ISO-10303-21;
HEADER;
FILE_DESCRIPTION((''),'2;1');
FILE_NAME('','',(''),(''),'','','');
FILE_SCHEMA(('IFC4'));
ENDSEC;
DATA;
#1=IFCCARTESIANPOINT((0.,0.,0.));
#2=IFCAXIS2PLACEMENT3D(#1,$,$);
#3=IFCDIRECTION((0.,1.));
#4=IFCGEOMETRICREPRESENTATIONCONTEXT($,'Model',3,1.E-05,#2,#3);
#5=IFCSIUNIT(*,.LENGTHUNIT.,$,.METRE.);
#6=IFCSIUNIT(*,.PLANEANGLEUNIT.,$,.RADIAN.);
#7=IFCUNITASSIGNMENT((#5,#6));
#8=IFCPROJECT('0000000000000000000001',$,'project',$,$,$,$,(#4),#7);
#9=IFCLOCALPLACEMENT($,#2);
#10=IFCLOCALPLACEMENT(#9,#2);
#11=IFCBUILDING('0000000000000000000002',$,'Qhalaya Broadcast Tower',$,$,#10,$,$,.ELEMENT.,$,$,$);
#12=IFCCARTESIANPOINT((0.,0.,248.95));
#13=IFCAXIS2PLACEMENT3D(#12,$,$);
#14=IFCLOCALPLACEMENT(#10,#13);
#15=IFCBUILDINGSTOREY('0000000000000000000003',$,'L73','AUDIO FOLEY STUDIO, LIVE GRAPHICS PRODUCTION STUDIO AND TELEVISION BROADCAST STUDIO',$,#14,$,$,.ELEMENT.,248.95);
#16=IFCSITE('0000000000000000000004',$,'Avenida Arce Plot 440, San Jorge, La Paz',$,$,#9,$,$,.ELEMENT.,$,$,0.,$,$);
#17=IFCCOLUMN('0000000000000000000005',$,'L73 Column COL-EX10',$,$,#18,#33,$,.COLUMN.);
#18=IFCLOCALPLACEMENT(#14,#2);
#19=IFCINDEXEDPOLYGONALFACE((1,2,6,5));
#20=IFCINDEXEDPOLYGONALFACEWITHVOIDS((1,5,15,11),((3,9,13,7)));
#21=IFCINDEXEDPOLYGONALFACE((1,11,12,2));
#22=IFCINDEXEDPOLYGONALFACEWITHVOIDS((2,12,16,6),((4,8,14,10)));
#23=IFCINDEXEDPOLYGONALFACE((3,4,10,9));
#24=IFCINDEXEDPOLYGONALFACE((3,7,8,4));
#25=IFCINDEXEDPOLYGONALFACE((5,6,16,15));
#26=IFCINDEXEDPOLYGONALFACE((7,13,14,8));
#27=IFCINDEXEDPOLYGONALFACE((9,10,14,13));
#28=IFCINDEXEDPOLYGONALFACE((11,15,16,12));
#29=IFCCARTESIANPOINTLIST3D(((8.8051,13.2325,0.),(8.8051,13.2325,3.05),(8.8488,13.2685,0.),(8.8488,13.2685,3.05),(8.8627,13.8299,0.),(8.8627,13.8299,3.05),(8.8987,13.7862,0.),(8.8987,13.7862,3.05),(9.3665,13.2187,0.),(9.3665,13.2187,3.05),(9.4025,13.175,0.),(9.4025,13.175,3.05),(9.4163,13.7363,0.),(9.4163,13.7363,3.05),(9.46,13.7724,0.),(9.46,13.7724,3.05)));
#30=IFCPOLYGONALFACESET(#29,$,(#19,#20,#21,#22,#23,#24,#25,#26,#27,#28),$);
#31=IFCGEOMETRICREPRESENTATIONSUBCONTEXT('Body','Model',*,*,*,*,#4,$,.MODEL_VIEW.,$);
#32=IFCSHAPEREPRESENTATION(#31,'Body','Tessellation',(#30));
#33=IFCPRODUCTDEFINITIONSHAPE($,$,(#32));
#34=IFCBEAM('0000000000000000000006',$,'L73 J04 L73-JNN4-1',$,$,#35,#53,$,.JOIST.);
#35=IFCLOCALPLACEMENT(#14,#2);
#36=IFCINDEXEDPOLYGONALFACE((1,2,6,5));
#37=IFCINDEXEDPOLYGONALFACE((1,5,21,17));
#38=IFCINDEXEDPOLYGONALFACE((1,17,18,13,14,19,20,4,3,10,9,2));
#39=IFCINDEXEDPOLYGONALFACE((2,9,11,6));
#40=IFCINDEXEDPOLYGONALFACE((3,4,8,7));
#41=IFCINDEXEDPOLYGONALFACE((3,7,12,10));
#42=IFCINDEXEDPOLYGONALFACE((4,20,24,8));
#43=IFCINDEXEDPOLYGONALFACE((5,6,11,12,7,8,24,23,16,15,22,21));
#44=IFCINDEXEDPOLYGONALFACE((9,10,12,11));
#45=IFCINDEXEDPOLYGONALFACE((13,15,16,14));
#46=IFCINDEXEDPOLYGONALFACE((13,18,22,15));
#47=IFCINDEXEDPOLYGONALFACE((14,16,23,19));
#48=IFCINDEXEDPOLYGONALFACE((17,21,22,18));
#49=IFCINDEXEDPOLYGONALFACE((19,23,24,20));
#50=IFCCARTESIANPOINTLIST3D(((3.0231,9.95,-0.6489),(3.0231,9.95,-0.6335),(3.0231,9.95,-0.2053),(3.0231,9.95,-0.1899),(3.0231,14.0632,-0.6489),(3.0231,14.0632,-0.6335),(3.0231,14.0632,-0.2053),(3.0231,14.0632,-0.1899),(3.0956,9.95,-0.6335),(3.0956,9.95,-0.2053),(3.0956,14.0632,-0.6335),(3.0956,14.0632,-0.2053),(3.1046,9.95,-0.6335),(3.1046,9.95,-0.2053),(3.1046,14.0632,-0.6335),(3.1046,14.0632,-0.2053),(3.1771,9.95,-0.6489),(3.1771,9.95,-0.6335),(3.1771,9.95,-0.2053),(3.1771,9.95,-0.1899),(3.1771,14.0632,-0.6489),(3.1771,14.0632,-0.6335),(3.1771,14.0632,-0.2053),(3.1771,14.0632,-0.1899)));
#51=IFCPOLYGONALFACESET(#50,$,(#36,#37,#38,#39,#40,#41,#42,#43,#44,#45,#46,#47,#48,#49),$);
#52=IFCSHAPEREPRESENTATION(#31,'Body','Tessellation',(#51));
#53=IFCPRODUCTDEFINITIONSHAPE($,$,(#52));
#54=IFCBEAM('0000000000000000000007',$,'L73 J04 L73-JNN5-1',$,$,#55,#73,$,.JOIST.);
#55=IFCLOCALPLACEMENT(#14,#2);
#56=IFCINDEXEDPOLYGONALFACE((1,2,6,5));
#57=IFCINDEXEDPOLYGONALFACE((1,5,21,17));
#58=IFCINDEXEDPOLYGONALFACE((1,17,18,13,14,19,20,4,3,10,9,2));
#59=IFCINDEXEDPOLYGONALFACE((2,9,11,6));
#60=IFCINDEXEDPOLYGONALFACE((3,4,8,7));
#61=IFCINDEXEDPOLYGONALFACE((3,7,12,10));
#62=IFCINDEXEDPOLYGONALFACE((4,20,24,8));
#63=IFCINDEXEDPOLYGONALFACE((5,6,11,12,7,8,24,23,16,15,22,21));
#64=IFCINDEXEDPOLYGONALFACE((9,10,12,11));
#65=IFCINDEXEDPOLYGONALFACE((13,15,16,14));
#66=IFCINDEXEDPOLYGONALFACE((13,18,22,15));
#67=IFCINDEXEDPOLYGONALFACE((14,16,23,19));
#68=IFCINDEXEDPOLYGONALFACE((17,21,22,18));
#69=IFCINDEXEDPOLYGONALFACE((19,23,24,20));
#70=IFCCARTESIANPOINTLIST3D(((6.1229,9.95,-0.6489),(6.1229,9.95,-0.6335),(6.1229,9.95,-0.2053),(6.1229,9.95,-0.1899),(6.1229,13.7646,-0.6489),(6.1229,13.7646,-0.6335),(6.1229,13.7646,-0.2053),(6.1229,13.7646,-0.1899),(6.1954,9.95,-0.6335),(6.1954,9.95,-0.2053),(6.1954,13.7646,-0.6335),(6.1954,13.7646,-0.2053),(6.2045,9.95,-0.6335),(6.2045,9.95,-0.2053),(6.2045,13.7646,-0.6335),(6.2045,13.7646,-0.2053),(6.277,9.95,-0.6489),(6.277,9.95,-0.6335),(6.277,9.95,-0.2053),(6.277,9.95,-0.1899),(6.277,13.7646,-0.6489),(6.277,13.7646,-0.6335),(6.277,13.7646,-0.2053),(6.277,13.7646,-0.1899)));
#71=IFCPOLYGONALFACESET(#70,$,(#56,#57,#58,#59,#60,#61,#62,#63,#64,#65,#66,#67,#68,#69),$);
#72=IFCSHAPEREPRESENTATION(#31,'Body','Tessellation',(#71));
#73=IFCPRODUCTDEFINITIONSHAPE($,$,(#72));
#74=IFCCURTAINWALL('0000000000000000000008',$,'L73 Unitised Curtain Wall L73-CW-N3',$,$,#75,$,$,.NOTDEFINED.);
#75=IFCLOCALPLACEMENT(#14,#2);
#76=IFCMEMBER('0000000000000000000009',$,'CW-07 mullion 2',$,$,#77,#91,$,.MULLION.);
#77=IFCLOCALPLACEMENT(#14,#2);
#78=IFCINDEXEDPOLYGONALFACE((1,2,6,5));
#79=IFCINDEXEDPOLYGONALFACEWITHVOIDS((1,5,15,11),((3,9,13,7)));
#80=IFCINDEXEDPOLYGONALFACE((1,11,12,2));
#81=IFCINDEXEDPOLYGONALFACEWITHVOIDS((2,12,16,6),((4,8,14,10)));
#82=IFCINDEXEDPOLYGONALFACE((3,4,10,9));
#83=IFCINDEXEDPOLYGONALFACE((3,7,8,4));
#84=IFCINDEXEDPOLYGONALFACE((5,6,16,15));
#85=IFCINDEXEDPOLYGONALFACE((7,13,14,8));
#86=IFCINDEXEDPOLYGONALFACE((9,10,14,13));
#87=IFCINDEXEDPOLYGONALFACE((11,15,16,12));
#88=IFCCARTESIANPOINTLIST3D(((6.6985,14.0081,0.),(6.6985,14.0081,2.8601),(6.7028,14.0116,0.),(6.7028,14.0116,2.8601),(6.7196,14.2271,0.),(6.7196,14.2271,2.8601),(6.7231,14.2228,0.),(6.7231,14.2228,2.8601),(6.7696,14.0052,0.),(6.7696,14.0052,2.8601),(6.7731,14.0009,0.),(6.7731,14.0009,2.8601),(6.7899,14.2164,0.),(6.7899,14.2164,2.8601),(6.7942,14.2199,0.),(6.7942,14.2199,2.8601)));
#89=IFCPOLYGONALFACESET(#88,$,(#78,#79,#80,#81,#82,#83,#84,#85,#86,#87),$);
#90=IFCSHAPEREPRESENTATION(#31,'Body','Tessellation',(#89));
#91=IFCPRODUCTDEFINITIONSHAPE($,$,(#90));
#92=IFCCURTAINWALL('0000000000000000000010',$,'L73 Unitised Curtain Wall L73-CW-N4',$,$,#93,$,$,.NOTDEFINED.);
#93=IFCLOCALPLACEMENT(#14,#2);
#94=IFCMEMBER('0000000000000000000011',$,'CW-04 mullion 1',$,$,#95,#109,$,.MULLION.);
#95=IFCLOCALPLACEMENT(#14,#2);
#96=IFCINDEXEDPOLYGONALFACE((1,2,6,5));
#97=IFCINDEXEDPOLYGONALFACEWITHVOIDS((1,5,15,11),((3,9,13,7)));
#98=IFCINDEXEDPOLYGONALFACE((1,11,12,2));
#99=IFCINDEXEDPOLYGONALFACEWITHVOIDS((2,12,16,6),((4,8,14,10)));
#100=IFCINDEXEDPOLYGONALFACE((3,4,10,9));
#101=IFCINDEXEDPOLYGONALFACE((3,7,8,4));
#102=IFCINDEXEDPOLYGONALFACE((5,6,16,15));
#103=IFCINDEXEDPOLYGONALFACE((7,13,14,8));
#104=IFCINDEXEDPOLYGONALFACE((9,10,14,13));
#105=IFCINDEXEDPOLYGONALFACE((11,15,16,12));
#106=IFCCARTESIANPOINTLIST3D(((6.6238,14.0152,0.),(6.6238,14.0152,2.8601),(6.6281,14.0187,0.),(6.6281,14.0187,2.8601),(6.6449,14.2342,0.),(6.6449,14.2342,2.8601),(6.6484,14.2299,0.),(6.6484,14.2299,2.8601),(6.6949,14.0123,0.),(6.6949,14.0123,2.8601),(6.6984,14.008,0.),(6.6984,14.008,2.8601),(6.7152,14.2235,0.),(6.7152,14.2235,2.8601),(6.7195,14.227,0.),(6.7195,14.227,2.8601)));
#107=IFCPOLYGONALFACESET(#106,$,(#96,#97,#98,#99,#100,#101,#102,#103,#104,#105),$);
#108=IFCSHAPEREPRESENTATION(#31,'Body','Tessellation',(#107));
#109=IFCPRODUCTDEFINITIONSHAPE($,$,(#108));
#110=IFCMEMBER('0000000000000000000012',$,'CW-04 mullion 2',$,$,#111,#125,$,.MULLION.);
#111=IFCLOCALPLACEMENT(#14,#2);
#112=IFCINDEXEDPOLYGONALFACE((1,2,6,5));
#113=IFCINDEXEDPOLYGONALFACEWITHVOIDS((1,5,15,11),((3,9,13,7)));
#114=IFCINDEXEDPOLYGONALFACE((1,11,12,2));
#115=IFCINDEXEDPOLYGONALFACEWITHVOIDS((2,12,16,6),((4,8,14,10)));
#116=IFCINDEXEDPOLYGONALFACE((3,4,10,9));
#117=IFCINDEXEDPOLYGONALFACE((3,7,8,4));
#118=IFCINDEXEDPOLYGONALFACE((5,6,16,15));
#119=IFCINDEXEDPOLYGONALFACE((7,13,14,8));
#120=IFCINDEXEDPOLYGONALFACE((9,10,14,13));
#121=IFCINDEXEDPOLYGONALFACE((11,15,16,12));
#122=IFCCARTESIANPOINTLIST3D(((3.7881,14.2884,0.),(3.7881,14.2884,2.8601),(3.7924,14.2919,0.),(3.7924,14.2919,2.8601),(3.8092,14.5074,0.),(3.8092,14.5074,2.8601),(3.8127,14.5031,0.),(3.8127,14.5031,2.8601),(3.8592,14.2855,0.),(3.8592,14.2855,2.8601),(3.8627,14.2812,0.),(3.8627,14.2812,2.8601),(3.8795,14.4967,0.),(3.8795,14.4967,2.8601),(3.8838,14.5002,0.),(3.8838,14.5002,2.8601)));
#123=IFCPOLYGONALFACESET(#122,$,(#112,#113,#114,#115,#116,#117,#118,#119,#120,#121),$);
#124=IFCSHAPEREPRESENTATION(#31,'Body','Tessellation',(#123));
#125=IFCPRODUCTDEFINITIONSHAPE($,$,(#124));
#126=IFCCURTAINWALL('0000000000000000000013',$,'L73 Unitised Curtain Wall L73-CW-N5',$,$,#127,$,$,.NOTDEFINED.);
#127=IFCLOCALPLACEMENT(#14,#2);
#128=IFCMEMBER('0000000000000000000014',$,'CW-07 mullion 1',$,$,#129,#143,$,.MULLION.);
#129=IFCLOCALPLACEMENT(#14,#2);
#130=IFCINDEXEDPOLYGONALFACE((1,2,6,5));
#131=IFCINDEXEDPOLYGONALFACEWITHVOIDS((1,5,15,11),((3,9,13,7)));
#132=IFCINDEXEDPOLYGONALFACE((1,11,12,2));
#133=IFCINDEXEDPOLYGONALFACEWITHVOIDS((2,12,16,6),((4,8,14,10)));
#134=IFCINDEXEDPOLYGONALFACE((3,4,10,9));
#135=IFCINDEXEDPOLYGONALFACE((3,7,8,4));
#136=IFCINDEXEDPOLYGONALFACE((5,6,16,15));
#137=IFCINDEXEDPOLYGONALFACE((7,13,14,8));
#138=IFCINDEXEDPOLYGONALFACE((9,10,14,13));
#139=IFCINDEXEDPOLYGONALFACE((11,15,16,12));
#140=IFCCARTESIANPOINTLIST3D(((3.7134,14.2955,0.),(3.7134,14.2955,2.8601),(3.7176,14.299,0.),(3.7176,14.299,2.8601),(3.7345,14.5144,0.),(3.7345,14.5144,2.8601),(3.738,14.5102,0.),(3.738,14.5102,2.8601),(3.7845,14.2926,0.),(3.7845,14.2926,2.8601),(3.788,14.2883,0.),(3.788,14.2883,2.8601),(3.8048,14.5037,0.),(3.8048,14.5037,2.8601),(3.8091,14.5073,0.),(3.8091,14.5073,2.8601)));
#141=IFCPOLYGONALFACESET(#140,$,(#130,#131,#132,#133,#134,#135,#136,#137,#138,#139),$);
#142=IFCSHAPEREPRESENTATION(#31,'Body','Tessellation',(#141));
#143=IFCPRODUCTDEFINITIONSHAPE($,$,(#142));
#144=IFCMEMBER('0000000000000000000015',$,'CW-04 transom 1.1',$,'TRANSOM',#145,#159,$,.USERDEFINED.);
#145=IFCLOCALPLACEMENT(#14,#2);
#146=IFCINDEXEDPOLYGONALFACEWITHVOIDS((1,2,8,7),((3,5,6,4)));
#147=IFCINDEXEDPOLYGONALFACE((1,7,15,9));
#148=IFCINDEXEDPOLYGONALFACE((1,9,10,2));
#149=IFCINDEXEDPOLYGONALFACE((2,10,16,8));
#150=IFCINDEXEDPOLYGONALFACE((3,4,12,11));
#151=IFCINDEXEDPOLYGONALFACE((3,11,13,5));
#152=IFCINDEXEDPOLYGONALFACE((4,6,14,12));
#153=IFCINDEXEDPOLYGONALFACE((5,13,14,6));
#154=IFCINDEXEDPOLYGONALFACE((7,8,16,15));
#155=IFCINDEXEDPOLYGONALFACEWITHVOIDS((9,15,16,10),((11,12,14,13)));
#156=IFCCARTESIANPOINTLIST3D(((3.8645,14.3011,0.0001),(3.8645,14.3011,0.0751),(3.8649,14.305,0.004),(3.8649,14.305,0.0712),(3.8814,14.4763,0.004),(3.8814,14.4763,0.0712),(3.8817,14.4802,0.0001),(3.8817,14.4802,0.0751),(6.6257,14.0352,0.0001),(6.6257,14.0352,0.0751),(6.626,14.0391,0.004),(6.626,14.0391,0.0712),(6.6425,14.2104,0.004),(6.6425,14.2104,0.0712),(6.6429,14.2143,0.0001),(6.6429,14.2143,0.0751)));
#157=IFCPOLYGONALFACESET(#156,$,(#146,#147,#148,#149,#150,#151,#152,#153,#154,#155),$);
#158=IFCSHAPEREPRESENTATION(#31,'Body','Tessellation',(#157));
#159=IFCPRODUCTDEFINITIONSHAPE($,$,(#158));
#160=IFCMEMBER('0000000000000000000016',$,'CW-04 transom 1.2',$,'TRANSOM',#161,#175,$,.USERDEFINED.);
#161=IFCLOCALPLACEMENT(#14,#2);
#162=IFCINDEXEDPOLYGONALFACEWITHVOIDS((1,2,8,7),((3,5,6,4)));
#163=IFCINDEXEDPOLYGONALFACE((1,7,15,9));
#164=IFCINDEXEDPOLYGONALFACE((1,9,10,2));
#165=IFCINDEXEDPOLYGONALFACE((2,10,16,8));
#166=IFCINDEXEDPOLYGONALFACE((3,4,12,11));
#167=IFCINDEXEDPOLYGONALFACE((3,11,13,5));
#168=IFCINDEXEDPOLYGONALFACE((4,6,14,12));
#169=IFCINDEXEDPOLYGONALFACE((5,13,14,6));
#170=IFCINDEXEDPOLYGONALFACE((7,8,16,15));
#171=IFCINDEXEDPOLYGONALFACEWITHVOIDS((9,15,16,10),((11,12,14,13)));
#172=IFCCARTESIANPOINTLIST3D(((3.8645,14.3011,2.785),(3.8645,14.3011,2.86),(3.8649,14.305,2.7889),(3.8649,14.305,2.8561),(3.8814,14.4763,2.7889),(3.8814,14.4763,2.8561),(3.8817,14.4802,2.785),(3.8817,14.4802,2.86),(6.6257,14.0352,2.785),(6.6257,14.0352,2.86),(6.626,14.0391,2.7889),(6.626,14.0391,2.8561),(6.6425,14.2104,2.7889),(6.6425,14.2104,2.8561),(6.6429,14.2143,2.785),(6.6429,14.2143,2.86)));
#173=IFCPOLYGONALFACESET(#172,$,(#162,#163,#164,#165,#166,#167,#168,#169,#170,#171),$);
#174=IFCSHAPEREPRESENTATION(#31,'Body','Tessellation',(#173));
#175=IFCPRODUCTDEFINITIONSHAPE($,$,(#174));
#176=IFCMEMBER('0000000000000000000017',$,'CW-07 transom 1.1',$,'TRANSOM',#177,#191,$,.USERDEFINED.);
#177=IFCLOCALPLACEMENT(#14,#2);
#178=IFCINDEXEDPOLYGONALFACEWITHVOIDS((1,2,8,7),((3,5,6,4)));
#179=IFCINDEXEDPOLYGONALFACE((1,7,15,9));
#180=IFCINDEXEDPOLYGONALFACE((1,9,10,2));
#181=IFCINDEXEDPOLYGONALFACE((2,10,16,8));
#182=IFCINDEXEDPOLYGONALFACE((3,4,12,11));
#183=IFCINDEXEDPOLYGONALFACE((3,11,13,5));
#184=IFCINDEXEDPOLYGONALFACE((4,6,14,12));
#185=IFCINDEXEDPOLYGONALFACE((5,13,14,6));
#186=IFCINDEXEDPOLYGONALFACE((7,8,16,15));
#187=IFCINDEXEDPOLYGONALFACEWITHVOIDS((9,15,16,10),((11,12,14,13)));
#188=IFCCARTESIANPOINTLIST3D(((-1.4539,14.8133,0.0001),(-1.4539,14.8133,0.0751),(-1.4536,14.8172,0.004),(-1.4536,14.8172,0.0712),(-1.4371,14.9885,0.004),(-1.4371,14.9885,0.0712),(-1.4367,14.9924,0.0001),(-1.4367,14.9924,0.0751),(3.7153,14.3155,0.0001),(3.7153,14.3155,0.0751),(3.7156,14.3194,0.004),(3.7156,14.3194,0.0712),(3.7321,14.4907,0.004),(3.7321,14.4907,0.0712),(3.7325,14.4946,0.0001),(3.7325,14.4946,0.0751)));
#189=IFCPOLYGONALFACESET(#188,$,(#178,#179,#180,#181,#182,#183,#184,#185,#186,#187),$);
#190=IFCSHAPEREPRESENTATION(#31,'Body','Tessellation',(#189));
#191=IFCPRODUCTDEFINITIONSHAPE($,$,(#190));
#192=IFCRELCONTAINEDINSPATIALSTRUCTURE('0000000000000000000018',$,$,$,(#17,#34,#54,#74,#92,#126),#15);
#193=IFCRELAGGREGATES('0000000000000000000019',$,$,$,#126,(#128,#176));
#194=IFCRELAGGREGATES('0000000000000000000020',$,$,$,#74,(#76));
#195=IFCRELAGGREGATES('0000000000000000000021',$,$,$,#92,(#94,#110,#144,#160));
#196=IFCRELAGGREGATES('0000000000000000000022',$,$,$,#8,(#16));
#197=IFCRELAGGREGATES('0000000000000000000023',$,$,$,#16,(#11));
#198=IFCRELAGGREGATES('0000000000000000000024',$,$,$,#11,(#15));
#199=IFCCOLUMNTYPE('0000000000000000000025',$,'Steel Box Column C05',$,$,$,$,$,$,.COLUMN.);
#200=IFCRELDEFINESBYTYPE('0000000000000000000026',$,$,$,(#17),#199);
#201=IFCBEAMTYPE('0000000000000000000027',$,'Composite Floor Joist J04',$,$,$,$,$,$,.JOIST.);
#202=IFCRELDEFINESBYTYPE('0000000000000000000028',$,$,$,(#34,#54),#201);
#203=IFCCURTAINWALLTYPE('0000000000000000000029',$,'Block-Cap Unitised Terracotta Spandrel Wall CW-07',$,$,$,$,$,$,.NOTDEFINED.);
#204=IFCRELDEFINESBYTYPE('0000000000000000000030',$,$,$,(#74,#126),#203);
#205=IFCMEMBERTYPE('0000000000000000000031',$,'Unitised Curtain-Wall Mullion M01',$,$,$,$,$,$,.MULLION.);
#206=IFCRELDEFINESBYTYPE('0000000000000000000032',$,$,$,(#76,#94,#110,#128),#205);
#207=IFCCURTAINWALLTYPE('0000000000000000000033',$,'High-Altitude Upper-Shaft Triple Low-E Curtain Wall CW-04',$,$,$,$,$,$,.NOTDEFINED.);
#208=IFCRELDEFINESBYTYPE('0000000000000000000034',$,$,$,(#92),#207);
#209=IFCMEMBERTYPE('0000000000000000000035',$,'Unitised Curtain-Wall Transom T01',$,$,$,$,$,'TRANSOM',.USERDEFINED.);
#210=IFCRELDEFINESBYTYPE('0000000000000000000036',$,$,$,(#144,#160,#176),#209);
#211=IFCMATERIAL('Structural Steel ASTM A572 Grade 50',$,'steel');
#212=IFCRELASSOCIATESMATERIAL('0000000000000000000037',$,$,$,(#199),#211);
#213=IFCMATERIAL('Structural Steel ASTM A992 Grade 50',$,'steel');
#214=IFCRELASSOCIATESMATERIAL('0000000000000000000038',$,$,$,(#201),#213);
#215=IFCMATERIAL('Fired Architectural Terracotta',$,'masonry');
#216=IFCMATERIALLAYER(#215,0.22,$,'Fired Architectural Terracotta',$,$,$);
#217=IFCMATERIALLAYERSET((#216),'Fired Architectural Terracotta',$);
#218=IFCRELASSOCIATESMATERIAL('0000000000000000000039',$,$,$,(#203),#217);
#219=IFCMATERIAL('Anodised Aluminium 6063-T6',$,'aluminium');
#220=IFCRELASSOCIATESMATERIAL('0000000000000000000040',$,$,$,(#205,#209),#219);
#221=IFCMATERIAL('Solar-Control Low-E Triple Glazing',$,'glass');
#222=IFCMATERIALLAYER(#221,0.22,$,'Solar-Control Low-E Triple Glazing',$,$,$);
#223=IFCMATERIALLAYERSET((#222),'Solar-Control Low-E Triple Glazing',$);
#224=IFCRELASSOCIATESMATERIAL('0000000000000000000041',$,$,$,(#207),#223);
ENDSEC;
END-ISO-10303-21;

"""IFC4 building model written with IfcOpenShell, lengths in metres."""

from ifc_helpers import new_model, si_unit, direction, frame, origin, origin_2d, place, context, subcontext, project, spatial, hollow_rectangle, i_section, extrude, material, layer, layer_set, material_profile, profile_set, type_object, element, aggregate, save


model = new_model("IFC4")

# Units and contexts
model_context = context("Model", 3, precision=1e-05, world=origin(), true_north=direction((0.0, 1.0)))
body_context = subcontext(model_context, "Body", "Model", "MODEL_VIEW")
ifc_project = project(units=[si_unit("LENGTHUNIT", "METRE"), si_unit("PLANEANGLEUNIT", "RADIAN")], contexts=[model_context])

# Site, building, storey
site_placement = place(None, origin())
site = spatial("IfcSite", under=ifc_project, at=site_placement, Name="Avenida Arce Plot 440, San Jorge, La Paz", CompositionType="ELEMENT", RefElevation=0.0)
building_placement = place(site_placement, origin())
building = spatial("IfcBuilding", under=site, at=building_placement, Name="Qhalaya Broadcast Tower", CompositionType="ELEMENT")
storey_placement = place(building_placement, frame((0.0, 0.0, 248.95)))
storey = spatial("IfcBuildingStorey", under=building, at=storey_placement, Name="L73", Description="AUDIO FOLEY STUDIO, LIVE GRAPHICS PRODUCTION STUDIO AND TELEVISION BROADCAST STUDIO", CompositionType="ELEMENT", Elevation=248.95)

# Column
ifc_material_1 = material(Name="Structural Steel ASTM A572 Grade 50", Category="steel")
ifc_material_profile_1 = material_profile(ifc_material_1, hollow_rectangle(XDim=0.6001, YDim=0.6001, WallThickness=0.04, at=origin_2d()), Name="BOX 600x600x40")
ifc_profile_set_1 = profile_set([ifc_material_profile_1], Name="Structural Steel ASTM A572 Grade 50")
column_type = type_object("IfcColumnType", Name="Steel Box Column C05", PredefinedType="COLUMN", material=ifc_profile_set_1)
column_placement = place(storey_placement, frame((9.1326, 13.5024, 0.0), z_axis=(0.0, 0.0, 1.0), x_axis=(0.995396, -0.095846, 0.0)))
element("IfcColumn", 1, at=column_placement, inside=storey, type_object=column_type, Name="L73 Column COL-EX10", PredefinedType="COLUMN", context=body_context, shape_type="SweptSolid", body=[
    extrude(hollow_rectangle(XDim=0.6001, YDim=0.6001, WallThickness=0.04, at=origin_2d()), origin(), (0.0, 0.0, 1.0), 3.05),
])

# Beams
ifc_material_2 = material(Name="Structural Steel ASTM A992 Grade 50", Category="steel")
ifc_material_profile_2 = material_profile(ifc_material_2, i_section(OverallWidth=0.1541, OverallDepth=0.459, WebThickness=0.009, FlangeThickness=0.0154, at=origin_2d()), Name="W18X46")
ifc_profile_set_2 = profile_set([ifc_material_profile_2], Name="Structural Steel ASTM A992 Grade 50")
beam_type_1 = type_object("IfcBeamType", Name="Composite Floor Joist J04", PredefinedType="JOIST", material=ifc_profile_set_2)
beam_1_placement = place(storey_placement, frame((3.1001, 9.95, -0.4194), z_axis=(0.0, 1.0, 0.0), x_axis=(-1.0, 0.0, 0.0)))
element("IfcBeam", 2, at=beam_1_placement, inside=storey, type_object=beam_type_1, Name="L73 J04 L73-JNN4-1", PredefinedType="JOIST", context=body_context, shape_type="SweptSolid", body=[
    extrude(i_section(OverallWidth=0.1541, OverallDepth=0.459, WebThickness=0.009, FlangeThickness=0.0154, at=origin_2d()), origin(), (0.0, 0.0, 1.0), 4.1133),
])
beam_2_placement = place(storey_placement, frame((6.2, 9.95, -0.4194), z_axis=(0.0, 1.0, 0.0), x_axis=(-1.0, 0.0, 0.0)))
element("IfcBeam", 3, at=beam_2_placement, inside=storey, type_object=beam_type_1, Name="L73 J04 L73-JNN5-1", PredefinedType="JOIST", context=body_context, shape_type="SweptSolid", body=[
    extrude(i_section(OverallWidth=0.1541, OverallDepth=0.459, WebThickness=0.009, FlangeThickness=0.0154, at=origin_2d()), origin(), (0.0, 0.0, 1.0), 3.8147),
])

# Curtain wall, member
ifc_material_3 = material(Name="Fired Architectural Terracotta", Category="masonry")
ifc_layer_1 = layer(ifc_material_3, 0.22, Name="Fired Architectural Terracotta")
ifc_layer_set_1 = layer_set([ifc_layer_1], Name="Fired Architectural Terracotta")
curtain_wall_type_1 = type_object("IfcCurtainWallType", Name="Block-Cap Unitised Terracotta Spandrel Wall CW-07", PredefinedType="NOTDEFINED", material=ifc_layer_set_1)
curtain_wall_1_placement = place(storey_placement, origin())
curtain_wall_1 = element("IfcCurtainWall", 4, at=curtain_wall_1_placement, inside=storey, type_object=curtain_wall_type_1, Name="L73 Unitised Curtain Wall L73-CW-N3", PredefinedType="NOTDEFINED")
ifc_material_4 = material(Name="Anodised Aluminium 6063-T6", Category="aluminium")
ifc_material_profile_3 = material_profile(ifc_material_4, hollow_rectangle(XDim=0.075, YDim=0.22, WallThickness=0.0039, at=origin_2d()), Name="ALU-MUL 75x220x4")
ifc_profile_set_3 = profile_set([ifc_material_profile_3], Name="Anodised Aluminium 6063-T6")
member_type_1 = type_object("IfcMemberType", Name="Unitised Curtain-Wall Mullion M01", PredefinedType="MULLION", material=ifc_profile_set_3)
member_1_placement = place(storey_placement, frame((6.7463, 14.114, 0.0), z_axis=(0.0, 0.0, 1.0), x_axis=(-0.995396, 0.095845, 0.0)))
member_1 = element("IfcMember", 5, at=member_1_placement, type_object=member_type_1, Name="CW-07 mullion 2", PredefinedType="MULLION", context=body_context, shape_type="SweptSolid", body=[
    extrude(hollow_rectangle(XDim=0.075, YDim=0.22, WallThickness=0.0039, at=origin_2d()), origin(), (0.0, 0.0, 1.0), 2.8601),
])

# Curtain wall, members
ifc_material_5 = material(Name="Solar-Control Low-E Triple Glazing", Category="glass")
ifc_layer_2 = layer(ifc_material_5, 0.22, Name="Solar-Control Low-E Triple Glazing")
ifc_layer_set_2 = layer_set([ifc_layer_2], Name="Solar-Control Low-E Triple Glazing")
curtain_wall_type_2 = type_object("IfcCurtainWallType", Name="High-Altitude Upper-Shaft Triple Low-E Curtain Wall CW-04", PredefinedType="NOTDEFINED", material=ifc_layer_set_2)
curtain_wall_2_placement = place(storey_placement, origin())
curtain_wall_2 = element("IfcCurtainWall", 6, at=curtain_wall_2_placement, inside=storey, type_object=curtain_wall_type_2, Name="L73 Unitised Curtain Wall L73-CW-N4", PredefinedType="NOTDEFINED")
member_2_placement = place(storey_placement, frame((6.6716, 14.1211, 0.0), z_axis=(0.0, 0.0, 1.0), x_axis=(-0.995398, 0.095829, 0.0)))
member_2 = element("IfcMember", 7, at=member_2_placement, type_object=member_type_1, Name="CW-04 mullion 1", PredefinedType="MULLION", context=body_context, shape_type="SweptSolid", body=[
    extrude(hollow_rectangle(XDim=0.075, YDim=0.22, WallThickness=0.0039, at=origin_2d()), origin(), (0.0, 0.0, 1.0), 2.8601),
])
member_3_placement = place(storey_placement, frame((3.8359, 14.3943, 0.0), z_axis=(0.0, 0.0, 1.0), x_axis=(-0.995398, 0.095829, 0.0)))
member_3 = element("IfcMember", 8, at=member_3_placement, type_object=member_type_1, Name="CW-04 mullion 2", PredefinedType="MULLION", context=body_context, shape_type="SweptSolid", body=[
    extrude(hollow_rectangle(XDim=0.075, YDim=0.22, WallThickness=0.0039, at=origin_2d()), origin(), (0.0, 0.0, 1.0), 2.8601),
])

# Curtain wall, member
curtain_wall_3_placement = place(storey_placement, origin())
curtain_wall_3 = element("IfcCurtainWall", 9, at=curtain_wall_3_placement, inside=storey, type_object=curtain_wall_type_1, Name="L73 Unitised Curtain Wall L73-CW-N5", PredefinedType="NOTDEFINED")
member_4_placement = place(storey_placement, frame((3.7612, 14.4014, 0.0), z_axis=(0.0, 0.0, 1.0), x_axis=(-0.995396, 0.095845, 0.0)))
member_4 = element("IfcMember", 10, at=member_4_placement, type_object=member_type_1, Name="CW-07 mullion 1", PredefinedType="MULLION", context=body_context, shape_type="SweptSolid", body=[
    extrude(hollow_rectangle(XDim=0.075, YDim=0.22, WallThickness=0.0039, at=origin_2d()), origin(), (0.0, 0.0, 1.0), 2.8601),
])

# Members
ifc_material_profile_4 = material_profile(ifc_material_4, hollow_rectangle(XDim=0.075, YDim=0.1799, WallThickness=0.0039, at=origin_2d()), Name="ALU-TRN 75x180x4")
ifc_profile_set_4 = profile_set([ifc_material_profile_4], Name="Anodised Aluminium 6063-T6")
member_type_2 = type_object("IfcMemberType", Name="Unitised Curtain-Wall Transom T01", ElementType="TRANSOM", PredefinedType="USERDEFINED", material=ifc_profile_set_4)
member_5_placement = place(storey_placement, frame((6.6343, 14.1248, 0.0376), z_axis=(-0.995396, 0.095843, 0.0), x_axis=(0.0, 0.0, 1.0)))
member_5 = element("IfcMember", 11, at=member_5_placement, type_object=member_type_2, Name="CW-04 transom 1.1", ObjectType="TRANSOM", PredefinedType="USERDEFINED", context=body_context, shape_type="SweptSolid", body=[
    extrude(hollow_rectangle(XDim=0.075, YDim=0.1799, WallThickness=0.0039, at=origin_2d()), origin(), (0.0, 0.0, 1.0), 2.7739),
])
member_6_placement = place(storey_placement, frame((6.6343, 14.1248, 2.8225), z_axis=(-0.995396, 0.095843, 0.0), x_axis=(0.0, 0.0, 1.0)))
member_6 = element("IfcMember", 12, at=member_6_placement, type_object=member_type_2, Name="CW-04 transom 1.2", ObjectType="TRANSOM", PredefinedType="USERDEFINED", context=body_context, shape_type="SweptSolid", body=[
    extrude(hollow_rectangle(XDim=0.075, YDim=0.1799, WallThickness=0.0039, at=origin_2d()), origin(), (0.0, 0.0, 1.0), 2.7739),
])
member_7_placement = place(storey_placement, frame((3.7239, 14.405, 0.0376), z_axis=(-0.995395, 0.095858, 0.0), x_axis=(0.0, 0.0, 1.0)))
member_7 = element("IfcMember", 13, at=member_7_placement, type_object=member_type_2, Name="CW-07 transom 1.1", ObjectType="TRANSOM", PredefinedType="USERDEFINED", context=body_context, shape_type="SweptSolid", body=[
    extrude(hollow_rectangle(XDim=0.075, YDim=0.1799, WallThickness=0.0039, at=origin_2d()), origin(), (0.0, 0.0, 1.0), 5.1931),
])
aggregate(curtain_wall_3, [member_4, member_7])

aggregate(curtain_wall_1, [member_1])
aggregate(curtain_wall_2, [member_2, member_3, member_5, member_6])

save(model, "model.ifc")
